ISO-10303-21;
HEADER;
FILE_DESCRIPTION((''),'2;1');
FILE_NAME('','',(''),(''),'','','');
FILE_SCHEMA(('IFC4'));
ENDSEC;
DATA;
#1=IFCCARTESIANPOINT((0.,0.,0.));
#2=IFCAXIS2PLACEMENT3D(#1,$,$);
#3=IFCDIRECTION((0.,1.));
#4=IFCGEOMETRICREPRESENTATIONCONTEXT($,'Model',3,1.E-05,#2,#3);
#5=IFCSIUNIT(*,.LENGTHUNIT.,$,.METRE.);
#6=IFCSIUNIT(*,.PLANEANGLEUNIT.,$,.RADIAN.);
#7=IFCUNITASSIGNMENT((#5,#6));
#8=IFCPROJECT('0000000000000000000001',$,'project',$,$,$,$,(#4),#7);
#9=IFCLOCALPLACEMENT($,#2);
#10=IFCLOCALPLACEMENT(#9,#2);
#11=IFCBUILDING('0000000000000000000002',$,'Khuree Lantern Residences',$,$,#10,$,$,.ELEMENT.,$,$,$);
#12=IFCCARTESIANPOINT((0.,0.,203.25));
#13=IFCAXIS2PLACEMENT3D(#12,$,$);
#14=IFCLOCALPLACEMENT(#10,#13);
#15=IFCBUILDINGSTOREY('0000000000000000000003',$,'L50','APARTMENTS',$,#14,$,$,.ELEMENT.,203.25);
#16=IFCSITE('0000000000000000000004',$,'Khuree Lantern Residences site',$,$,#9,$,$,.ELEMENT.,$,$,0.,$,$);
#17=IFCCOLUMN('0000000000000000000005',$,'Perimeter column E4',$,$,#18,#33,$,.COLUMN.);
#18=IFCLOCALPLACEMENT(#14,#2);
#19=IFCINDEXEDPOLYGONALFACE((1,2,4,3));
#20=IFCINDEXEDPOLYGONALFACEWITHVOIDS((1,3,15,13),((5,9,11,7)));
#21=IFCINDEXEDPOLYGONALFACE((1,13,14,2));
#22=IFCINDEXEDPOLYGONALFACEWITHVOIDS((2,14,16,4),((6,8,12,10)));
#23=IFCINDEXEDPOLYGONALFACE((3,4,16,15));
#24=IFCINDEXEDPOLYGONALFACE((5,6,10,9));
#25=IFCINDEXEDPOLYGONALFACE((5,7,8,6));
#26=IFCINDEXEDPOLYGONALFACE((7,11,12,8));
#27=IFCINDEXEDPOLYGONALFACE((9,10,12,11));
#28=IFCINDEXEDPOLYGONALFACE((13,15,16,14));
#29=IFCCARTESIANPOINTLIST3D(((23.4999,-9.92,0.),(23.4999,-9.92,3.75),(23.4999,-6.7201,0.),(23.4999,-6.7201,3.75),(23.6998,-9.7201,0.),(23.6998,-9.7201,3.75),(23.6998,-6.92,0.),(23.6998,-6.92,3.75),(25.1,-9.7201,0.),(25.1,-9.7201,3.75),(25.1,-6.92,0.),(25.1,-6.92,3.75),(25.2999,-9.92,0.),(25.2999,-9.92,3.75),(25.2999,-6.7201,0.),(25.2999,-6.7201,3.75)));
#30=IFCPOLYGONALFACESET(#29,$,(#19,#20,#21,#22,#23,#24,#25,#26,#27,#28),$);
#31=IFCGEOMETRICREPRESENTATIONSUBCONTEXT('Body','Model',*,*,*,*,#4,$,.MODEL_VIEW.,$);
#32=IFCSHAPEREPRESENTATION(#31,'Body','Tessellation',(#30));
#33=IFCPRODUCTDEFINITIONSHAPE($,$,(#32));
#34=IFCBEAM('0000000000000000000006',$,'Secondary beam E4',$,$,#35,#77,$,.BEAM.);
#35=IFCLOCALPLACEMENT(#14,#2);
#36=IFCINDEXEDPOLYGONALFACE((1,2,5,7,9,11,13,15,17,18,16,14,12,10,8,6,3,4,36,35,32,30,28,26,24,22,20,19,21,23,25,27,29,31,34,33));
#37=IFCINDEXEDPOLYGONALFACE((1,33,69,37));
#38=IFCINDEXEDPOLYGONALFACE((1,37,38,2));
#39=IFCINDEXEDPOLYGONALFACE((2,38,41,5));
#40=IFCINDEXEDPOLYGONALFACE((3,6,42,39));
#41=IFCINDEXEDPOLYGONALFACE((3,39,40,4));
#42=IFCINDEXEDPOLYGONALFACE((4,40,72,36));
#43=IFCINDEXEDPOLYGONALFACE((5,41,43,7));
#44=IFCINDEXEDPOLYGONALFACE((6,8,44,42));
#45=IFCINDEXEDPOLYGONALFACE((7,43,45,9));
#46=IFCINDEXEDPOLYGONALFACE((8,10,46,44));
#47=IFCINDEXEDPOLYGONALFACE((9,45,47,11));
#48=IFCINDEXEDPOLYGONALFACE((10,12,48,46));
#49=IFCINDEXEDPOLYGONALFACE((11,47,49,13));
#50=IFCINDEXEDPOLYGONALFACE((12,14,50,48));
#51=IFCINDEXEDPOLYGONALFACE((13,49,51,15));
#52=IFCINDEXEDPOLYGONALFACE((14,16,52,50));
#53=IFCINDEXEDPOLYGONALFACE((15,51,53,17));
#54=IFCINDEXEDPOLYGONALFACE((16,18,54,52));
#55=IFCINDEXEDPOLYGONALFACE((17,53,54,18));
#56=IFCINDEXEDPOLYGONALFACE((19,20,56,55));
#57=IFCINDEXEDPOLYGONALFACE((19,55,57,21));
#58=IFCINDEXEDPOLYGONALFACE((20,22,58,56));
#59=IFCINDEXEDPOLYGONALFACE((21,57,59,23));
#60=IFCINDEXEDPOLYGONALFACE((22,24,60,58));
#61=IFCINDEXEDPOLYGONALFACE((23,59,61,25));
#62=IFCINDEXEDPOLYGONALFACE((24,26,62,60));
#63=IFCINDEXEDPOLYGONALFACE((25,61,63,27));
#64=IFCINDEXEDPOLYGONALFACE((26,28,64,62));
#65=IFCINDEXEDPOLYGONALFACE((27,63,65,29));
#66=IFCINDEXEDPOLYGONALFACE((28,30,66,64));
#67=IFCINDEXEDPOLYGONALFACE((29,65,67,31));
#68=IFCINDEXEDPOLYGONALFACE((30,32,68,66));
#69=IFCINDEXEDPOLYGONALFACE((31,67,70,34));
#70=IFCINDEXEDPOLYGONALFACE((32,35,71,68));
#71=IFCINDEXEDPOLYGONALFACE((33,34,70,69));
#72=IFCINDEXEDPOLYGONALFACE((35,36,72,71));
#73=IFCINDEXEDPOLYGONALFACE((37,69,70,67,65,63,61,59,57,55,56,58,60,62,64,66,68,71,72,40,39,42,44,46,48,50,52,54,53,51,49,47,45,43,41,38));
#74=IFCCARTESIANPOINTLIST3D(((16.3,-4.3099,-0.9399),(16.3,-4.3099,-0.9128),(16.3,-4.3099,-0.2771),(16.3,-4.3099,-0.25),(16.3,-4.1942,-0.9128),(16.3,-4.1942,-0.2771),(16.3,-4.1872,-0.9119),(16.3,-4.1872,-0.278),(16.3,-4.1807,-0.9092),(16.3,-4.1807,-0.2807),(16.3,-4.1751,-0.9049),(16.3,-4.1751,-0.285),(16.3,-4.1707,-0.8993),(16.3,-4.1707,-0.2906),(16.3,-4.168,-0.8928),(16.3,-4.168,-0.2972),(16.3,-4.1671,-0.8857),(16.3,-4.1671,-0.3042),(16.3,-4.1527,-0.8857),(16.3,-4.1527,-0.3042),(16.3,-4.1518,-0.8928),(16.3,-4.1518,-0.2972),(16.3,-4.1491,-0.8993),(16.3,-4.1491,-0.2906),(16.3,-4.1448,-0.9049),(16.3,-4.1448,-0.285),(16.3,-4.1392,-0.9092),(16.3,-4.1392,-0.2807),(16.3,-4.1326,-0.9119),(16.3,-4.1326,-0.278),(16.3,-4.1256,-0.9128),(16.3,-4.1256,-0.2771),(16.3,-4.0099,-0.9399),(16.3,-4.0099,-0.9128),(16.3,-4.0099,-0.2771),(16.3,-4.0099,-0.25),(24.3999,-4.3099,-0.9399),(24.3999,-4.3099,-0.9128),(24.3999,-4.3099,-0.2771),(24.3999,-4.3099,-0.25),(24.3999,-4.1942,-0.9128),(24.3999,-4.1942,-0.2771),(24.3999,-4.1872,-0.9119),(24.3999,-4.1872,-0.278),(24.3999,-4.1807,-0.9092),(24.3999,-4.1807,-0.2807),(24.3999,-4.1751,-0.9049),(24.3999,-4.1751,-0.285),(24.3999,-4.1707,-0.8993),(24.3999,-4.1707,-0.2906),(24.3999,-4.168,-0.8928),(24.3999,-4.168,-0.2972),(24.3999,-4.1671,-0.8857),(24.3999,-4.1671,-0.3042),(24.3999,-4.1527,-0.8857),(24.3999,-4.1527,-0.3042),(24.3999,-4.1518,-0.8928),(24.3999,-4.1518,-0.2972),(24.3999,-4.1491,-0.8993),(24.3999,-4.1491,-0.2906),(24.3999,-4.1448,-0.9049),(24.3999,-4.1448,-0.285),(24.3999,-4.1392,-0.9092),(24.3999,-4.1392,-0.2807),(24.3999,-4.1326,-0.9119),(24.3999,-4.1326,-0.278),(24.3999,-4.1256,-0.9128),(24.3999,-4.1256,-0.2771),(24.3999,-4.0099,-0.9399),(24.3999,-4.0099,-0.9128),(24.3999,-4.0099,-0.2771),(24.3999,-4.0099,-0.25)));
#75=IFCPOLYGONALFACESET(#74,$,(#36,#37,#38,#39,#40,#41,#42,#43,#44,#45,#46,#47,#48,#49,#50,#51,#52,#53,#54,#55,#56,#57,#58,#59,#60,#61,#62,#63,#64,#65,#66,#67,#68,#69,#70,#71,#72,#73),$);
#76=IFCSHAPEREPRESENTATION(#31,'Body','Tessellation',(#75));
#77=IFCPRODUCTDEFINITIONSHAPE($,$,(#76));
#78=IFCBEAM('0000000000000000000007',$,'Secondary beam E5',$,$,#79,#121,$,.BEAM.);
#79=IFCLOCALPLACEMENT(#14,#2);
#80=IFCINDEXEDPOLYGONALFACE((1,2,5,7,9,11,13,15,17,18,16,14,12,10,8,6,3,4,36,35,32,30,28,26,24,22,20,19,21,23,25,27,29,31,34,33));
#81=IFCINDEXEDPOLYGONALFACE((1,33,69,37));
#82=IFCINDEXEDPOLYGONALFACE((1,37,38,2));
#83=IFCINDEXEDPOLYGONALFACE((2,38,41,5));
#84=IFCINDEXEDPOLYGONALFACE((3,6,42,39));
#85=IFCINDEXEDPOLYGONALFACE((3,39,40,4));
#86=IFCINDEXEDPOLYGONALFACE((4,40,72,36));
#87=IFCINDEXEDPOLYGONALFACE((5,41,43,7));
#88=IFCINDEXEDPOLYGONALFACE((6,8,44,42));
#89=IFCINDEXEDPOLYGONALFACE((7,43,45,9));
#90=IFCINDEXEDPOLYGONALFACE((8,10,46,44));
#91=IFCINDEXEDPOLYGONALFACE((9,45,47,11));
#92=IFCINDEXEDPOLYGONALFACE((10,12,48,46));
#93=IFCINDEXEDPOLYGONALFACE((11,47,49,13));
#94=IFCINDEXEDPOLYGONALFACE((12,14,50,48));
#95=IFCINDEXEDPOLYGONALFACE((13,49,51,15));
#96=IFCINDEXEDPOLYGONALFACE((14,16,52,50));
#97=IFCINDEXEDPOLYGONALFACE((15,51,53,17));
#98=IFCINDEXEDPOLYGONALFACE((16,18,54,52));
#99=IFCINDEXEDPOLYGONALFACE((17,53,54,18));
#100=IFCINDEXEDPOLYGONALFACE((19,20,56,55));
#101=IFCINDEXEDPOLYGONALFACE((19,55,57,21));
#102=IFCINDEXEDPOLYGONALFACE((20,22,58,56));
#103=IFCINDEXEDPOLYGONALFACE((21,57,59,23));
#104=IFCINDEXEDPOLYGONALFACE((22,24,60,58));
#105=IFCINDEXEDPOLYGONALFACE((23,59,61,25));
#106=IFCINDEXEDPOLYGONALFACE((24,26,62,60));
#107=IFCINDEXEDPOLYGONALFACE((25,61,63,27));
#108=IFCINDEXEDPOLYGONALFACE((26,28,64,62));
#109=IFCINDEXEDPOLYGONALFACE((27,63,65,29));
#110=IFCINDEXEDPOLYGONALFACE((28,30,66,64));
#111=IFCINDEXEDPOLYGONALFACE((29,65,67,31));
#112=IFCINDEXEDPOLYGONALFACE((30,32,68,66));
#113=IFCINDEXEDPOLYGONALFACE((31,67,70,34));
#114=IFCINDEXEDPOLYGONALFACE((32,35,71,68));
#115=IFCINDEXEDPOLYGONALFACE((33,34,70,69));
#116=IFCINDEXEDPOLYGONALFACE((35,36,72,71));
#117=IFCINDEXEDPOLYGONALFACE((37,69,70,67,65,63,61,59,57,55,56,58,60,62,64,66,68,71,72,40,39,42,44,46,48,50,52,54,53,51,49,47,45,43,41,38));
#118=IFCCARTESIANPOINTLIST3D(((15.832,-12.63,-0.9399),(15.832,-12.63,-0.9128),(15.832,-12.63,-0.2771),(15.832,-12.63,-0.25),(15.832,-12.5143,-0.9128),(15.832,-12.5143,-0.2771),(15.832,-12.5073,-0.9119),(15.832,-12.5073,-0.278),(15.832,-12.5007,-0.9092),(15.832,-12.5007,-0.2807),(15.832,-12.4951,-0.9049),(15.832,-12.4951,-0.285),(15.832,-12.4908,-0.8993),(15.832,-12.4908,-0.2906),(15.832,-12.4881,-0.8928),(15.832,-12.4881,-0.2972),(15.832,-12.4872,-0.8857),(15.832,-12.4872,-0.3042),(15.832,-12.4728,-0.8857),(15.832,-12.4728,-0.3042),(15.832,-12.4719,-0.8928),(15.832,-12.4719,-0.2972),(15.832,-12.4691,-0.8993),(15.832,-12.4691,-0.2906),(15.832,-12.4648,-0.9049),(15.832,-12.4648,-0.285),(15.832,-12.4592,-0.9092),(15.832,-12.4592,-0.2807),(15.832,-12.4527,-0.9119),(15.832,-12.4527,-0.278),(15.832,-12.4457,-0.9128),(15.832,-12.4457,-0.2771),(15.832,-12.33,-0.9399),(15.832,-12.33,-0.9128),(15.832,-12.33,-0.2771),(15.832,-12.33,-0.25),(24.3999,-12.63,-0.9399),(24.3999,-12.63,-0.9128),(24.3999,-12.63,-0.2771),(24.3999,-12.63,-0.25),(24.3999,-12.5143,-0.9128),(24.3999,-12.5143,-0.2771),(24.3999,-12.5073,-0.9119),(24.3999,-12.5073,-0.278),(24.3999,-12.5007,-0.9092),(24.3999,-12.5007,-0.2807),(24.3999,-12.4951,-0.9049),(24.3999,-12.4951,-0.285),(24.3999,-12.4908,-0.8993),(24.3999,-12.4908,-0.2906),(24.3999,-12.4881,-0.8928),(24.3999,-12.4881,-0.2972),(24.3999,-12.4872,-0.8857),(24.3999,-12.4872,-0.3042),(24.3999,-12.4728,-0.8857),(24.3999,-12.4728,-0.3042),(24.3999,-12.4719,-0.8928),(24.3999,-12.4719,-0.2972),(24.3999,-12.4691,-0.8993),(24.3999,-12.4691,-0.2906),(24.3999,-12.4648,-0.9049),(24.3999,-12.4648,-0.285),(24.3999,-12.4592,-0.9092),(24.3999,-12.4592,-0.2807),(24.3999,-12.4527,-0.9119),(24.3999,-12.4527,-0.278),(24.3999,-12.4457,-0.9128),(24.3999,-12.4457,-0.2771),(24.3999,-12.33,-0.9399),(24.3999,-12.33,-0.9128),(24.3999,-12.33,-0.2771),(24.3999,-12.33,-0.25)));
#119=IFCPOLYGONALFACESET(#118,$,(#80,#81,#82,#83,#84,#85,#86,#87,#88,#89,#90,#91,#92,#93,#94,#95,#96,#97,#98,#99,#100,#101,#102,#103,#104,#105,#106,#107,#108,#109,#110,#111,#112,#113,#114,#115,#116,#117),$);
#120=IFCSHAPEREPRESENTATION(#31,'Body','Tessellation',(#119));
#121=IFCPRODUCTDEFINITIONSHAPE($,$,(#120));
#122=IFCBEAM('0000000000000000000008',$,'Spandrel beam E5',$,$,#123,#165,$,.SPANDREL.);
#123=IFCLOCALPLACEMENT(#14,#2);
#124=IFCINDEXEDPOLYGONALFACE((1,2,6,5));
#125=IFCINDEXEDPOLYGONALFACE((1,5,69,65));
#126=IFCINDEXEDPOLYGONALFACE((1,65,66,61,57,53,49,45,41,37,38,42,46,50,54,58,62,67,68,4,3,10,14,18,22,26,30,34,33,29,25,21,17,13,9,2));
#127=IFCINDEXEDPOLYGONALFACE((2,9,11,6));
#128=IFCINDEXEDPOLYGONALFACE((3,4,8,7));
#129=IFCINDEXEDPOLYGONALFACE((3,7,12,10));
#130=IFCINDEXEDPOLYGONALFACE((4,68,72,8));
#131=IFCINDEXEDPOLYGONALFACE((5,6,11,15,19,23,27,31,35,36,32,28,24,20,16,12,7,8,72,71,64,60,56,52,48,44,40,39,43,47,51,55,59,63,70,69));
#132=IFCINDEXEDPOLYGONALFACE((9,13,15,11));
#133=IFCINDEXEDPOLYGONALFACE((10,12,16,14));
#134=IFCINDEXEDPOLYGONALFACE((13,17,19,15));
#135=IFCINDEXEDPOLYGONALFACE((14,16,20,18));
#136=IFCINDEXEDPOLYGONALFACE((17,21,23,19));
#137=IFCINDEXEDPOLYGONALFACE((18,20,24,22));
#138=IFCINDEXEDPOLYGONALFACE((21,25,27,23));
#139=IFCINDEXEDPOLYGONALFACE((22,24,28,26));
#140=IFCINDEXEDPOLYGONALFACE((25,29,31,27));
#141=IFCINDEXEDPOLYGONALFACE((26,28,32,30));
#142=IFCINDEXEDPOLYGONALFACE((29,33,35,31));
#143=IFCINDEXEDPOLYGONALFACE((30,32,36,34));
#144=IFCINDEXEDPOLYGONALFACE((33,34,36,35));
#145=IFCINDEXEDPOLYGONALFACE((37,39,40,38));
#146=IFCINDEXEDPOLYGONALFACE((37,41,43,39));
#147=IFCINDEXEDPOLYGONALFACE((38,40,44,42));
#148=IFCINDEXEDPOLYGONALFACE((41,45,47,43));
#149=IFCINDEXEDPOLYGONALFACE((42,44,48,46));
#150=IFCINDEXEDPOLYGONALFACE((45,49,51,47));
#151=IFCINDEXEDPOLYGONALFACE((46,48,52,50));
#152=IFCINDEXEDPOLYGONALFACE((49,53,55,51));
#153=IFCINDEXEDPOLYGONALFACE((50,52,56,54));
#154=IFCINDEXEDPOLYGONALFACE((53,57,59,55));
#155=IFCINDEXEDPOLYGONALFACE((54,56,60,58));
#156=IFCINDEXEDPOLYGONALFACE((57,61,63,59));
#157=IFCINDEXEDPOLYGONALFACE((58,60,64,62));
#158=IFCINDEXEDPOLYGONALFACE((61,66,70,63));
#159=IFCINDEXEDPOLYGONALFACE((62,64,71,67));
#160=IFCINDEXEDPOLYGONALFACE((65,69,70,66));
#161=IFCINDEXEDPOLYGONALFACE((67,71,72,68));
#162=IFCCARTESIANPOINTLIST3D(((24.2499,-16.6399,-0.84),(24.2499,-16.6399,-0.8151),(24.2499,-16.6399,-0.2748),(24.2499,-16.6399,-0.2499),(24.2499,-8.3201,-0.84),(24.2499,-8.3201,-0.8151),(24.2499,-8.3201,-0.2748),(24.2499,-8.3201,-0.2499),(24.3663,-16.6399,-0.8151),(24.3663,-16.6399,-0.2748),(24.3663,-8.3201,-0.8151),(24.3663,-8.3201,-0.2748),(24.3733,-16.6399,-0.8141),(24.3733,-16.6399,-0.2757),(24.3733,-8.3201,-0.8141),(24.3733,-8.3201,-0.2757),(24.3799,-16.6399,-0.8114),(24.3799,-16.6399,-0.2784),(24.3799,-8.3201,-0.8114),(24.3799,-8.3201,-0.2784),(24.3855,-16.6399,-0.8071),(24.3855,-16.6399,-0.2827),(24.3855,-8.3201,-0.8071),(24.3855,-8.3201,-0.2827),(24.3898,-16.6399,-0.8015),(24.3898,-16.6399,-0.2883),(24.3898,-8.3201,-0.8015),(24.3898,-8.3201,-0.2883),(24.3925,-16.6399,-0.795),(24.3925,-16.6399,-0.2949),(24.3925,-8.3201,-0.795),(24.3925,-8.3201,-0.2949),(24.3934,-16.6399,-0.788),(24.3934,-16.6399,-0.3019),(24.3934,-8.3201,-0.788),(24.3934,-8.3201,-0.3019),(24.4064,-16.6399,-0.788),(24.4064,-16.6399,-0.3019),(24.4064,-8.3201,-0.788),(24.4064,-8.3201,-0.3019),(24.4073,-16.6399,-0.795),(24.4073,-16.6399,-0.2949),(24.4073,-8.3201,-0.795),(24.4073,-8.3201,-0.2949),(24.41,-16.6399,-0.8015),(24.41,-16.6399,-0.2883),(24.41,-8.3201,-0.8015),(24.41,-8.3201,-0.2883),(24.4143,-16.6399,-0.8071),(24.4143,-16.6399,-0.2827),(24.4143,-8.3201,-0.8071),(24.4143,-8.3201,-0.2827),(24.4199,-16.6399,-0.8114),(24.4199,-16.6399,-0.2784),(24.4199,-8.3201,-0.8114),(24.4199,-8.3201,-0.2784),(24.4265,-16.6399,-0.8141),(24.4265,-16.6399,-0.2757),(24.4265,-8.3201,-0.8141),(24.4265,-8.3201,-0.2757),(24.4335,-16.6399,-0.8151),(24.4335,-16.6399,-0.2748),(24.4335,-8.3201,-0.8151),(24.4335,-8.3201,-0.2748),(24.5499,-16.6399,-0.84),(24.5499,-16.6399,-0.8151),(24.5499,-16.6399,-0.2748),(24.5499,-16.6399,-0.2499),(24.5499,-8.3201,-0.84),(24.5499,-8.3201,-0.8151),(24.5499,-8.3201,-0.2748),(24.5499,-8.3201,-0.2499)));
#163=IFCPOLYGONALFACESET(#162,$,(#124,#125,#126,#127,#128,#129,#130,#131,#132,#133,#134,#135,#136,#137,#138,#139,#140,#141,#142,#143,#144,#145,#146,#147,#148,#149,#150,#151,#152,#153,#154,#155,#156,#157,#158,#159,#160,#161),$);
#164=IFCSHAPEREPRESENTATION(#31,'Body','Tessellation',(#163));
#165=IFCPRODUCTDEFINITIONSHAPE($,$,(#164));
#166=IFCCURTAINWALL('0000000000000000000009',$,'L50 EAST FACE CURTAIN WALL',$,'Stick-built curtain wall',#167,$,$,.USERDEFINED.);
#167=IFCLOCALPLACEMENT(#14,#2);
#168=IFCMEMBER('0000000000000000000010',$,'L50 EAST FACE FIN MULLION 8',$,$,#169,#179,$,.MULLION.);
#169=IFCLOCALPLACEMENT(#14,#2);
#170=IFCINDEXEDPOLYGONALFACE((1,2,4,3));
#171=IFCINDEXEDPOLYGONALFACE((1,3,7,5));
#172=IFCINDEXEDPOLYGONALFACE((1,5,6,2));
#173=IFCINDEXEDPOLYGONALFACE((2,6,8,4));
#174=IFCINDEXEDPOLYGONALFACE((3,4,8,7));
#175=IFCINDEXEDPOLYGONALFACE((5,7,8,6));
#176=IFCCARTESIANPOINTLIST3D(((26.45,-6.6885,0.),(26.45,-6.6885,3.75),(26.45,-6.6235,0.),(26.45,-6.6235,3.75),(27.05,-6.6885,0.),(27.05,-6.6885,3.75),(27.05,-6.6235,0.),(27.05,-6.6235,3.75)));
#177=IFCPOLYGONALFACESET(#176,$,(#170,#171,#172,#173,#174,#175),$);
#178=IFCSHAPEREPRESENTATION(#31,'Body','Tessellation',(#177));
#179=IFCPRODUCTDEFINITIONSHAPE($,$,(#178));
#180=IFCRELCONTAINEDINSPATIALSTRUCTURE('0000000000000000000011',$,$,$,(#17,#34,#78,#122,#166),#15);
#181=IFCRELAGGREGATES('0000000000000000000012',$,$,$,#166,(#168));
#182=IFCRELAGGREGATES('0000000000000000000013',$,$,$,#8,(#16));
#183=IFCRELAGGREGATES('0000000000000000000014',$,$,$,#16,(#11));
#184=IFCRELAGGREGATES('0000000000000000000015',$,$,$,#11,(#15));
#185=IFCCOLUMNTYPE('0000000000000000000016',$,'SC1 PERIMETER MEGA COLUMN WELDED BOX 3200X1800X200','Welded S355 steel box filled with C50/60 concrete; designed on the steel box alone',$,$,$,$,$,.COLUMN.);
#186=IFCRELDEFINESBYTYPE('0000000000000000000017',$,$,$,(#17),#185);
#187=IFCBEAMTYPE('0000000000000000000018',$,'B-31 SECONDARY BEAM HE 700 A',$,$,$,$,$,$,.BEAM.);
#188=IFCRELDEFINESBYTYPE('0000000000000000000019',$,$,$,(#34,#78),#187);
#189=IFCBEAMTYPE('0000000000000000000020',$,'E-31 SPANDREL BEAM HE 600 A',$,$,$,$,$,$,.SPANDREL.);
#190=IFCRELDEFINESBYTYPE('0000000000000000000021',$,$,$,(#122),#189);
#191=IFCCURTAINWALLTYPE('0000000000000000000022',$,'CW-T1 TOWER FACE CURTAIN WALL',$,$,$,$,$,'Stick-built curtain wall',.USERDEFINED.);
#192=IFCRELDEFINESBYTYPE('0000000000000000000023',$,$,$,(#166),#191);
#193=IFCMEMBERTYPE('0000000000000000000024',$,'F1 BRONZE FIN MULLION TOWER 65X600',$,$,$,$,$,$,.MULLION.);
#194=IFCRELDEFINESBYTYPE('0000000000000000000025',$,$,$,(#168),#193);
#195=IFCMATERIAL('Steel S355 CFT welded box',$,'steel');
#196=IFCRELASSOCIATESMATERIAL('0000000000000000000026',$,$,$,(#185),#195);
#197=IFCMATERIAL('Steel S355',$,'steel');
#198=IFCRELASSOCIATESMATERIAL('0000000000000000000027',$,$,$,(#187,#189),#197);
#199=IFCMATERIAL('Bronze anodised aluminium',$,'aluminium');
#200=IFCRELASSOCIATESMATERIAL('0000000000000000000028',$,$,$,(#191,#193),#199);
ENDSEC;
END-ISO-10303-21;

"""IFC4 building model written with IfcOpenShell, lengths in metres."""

from ifc_helpers import new_model, si_unit, direction, frame, origin, origin_2d, place, context, subcontext, project, spatial, rectangle, hollow_rectangle, i_section, extrude, material, material_profile, profile_set, type_object, element, aggregate, save


model = new_model("IFC4")

# Units and contexts
model_context = context("Model", 3, precision=1e-05, world=origin(), true_north=direction((0.0, 1.0)))
body_context = subcontext(model_context, "Body", "Model", "MODEL_VIEW")
ifc_project = project(units=[si_unit("LENGTHUNIT", "METRE"), si_unit("PLANEANGLEUNIT", "RADIAN")], contexts=[model_context])

# Site, building, storey
site_placement = place(None, origin())
site = spatial("IfcSite", under=ifc_project, at=site_placement, Name="Khuree Lantern Residences site", CompositionType="ELEMENT", RefElevation=0.0)
building_placement = place(site_placement, origin())
building = spatial("IfcBuilding", under=site, at=building_placement, Name="Khuree Lantern Residences", CompositionType="ELEMENT")
storey_placement = place(building_placement, frame((0.0, 0.0, 203.25)))
storey = spatial("IfcBuildingStorey", under=building, at=storey_placement, Name="L50", Description="APARTMENTS", CompositionType="ELEMENT", Elevation=203.25)

# Column
ifc_material_1 = material(Name="Steel S355 CFT welded box", Category="steel")
ifc_material_profile_1 = material_profile(ifc_material_1, hollow_rectangle(XDim=3.2, YDim=1.8, WallThickness=0.2, at=origin_2d()), Name="WELDED BOX 3200X1800X200")
ifc_profile_set_1 = profile_set([ifc_material_profile_1], Name="Steel S355 CFT welded box")
column_type = type_object("IfcColumnType", Name="SC1 PERIMETER MEGA COLUMN WELDED BOX 3200X1800X200", Description="Welded S355 steel box filled with C50/60 concrete; designed on the steel box alone", PredefinedType="COLUMN", material=ifc_profile_set_1)
column_placement = place(storey_placement, frame((24.3999, -8.3201, 0.0), z_axis=(0.0, 0.0, 1.0), x_axis=(0.0, 1.0, 0.0)))
element("IfcColumn", 1, at=column_placement, inside=storey, type_object=column_type, Name="Perimeter column E4", PredefinedType="COLUMN", context=body_context, shape_type="SweptSolid", body=[
    extrude(hollow_rectangle(XDim=3.2, YDim=1.8, WallThickness=0.2, at=origin_2d()), origin(), (0.0, 0.0, 1.0), 3.75),
])

# Beams
ifc_material_2 = material(Name="Steel S355", Category="steel")
ifc_material_profile_2 = material_profile(ifc_material_2, i_section(OverallWidth=0.3, OverallDepth=0.6899, WebThickness=0.0144, FlangeThickness=0.0271, FilletRadius=0.0271, at=origin_2d()), Name="HE 700 A")
ifc_profile_set_2 = profile_set([ifc_material_profile_2], Name="Steel S355")
beam_type_1 = type_object("IfcBeamType", Name="B-31 SECONDARY BEAM HE 700 A", PredefinedType="BEAM", material=ifc_profile_set_2)
beam_1_placement = place(storey_placement, frame((24.3999, -4.1599, -0.595), z_axis=(-1.0, 0.0, 0.0), x_axis=(0.0, -1.0, 0.0)))
element("IfcBeam", 2, at=beam_1_placement, inside=storey, type_object=beam_type_1, Name="Secondary beam E4", PredefinedType="BEAM", context=body_context, shape_type="SweptSolid", body=[
    extrude(i_section(OverallWidth=0.3, OverallDepth=0.6899, WebThickness=0.0144, FlangeThickness=0.0271, FilletRadius=0.0271, at=origin_2d()), origin(), (0.0, 0.0, 1.0), 8.0999),
])
beam_2_placement = place(storey_placement, frame((24.3999, -12.48, -0.595), z_axis=(-1.0, 0.0, 0.0), x_axis=(0.0, -1.0, 0.0)))
element("IfcBeam", 3, at=beam_2_placement, inside=storey, type_object=beam_type_1, Name="Secondary beam E5", PredefinedType="BEAM", context=body_context, shape_type="SweptSolid", body=[
    extrude(i_section(OverallWidth=0.3, OverallDepth=0.6899, WebThickness=0.0144, FlangeThickness=0.0271, FilletRadius=0.0271, at=origin_2d()), origin(), (0.0, 0.0, 1.0), 8.5679),
])
ifc_material_profile_3 = material_profile(ifc_material_2, i_section(OverallWidth=0.3, OverallDepth=0.5901, WebThickness=0.0129, FlangeThickness=0.0249, FilletRadius=0.0271, at=origin_2d()), Name="HE 600 A")
ifc_profile_set_3 = profile_set([ifc_material_profile_3], Name="Steel S355")
beam_type_2 = type_object("IfcBeamType", Name="E-31 SPANDREL BEAM HE 600 A", PredefinedType="SPANDREL", material=ifc_profile_set_3)
beam_3_placement = place(storey_placement, frame((24.3999, -8.3201, -0.5449), z_axis=(0.0, -1.0, 0.0), x_axis=(1.0, 0.0, 0.0)))
element("IfcBeam", 4, at=beam_3_placement, inside=storey, type_object=beam_type_2, Name="Spandrel beam E5", PredefinedType="SPANDREL", context=body_context, shape_type="SweptSolid", body=[
    extrude(i_section(OverallWidth=0.3, OverallDepth=0.5901, WebThickness=0.0129, FlangeThickness=0.0249, FilletRadius=0.0271, at=origin_2d()), origin(), (0.0, 0.0, 1.0), 8.3198),
])

# Curtain wall, member
ifc_material_3 = material(Name="Bronze anodised aluminium", Category="aluminium")
curtain_wall_type = type_object("IfcCurtainWallType", Name="CW-T1 TOWER FACE CURTAIN WALL", ElementType="Stick-built curtain wall", PredefinedType="USERDEFINED", material=ifc_material_3)
curtain_wall_placement = place(storey_placement, origin())
curtain_wall = element("IfcCurtainWall", 5, at=curtain_wall_placement, inside=storey, type_object=curtain_wall_type, Name="L50 EAST FACE CURTAIN WALL", ObjectType="Stick-built curtain wall", PredefinedType="USERDEFINED")
ifc_material_profile_4 = material_profile(ifc_material_3, rectangle(XDim=0.0649, YDim=0.6001, at=origin_2d()), Name="F1 65X600")
ifc_profile_set_4 = profile_set([ifc_material_profile_4], Name="Bronze anodised aluminium")
member_type_1 = type_object("IfcMemberType", Name="F1 BRONZE FIN MULLION TOWER 65X600", PredefinedType="MULLION", material=ifc_profile_set_4)
member_1_placement = place(storey_placement, frame((26.75, -6.656, 0.0), z_axis=(0.0, 0.0, 1.0), x_axis=(0.0, 1.0, 0.0)))
member_1 = element("IfcMember", 6, at=member_1_placement, type_object=member_type_1, Name="L50 EAST FACE FIN MULLION 8", PredefinedType="MULLION", context=body_context, shape_type="SweptSolid", body=[
    extrude(rectangle(XDim=0.0649, YDim=0.6001, at=origin_2d()), origin(), (0.0, 0.0, 1.0), 3.75),
])

aggregate(curtain_wall, [member_1])

save(model, "model.ifc")
